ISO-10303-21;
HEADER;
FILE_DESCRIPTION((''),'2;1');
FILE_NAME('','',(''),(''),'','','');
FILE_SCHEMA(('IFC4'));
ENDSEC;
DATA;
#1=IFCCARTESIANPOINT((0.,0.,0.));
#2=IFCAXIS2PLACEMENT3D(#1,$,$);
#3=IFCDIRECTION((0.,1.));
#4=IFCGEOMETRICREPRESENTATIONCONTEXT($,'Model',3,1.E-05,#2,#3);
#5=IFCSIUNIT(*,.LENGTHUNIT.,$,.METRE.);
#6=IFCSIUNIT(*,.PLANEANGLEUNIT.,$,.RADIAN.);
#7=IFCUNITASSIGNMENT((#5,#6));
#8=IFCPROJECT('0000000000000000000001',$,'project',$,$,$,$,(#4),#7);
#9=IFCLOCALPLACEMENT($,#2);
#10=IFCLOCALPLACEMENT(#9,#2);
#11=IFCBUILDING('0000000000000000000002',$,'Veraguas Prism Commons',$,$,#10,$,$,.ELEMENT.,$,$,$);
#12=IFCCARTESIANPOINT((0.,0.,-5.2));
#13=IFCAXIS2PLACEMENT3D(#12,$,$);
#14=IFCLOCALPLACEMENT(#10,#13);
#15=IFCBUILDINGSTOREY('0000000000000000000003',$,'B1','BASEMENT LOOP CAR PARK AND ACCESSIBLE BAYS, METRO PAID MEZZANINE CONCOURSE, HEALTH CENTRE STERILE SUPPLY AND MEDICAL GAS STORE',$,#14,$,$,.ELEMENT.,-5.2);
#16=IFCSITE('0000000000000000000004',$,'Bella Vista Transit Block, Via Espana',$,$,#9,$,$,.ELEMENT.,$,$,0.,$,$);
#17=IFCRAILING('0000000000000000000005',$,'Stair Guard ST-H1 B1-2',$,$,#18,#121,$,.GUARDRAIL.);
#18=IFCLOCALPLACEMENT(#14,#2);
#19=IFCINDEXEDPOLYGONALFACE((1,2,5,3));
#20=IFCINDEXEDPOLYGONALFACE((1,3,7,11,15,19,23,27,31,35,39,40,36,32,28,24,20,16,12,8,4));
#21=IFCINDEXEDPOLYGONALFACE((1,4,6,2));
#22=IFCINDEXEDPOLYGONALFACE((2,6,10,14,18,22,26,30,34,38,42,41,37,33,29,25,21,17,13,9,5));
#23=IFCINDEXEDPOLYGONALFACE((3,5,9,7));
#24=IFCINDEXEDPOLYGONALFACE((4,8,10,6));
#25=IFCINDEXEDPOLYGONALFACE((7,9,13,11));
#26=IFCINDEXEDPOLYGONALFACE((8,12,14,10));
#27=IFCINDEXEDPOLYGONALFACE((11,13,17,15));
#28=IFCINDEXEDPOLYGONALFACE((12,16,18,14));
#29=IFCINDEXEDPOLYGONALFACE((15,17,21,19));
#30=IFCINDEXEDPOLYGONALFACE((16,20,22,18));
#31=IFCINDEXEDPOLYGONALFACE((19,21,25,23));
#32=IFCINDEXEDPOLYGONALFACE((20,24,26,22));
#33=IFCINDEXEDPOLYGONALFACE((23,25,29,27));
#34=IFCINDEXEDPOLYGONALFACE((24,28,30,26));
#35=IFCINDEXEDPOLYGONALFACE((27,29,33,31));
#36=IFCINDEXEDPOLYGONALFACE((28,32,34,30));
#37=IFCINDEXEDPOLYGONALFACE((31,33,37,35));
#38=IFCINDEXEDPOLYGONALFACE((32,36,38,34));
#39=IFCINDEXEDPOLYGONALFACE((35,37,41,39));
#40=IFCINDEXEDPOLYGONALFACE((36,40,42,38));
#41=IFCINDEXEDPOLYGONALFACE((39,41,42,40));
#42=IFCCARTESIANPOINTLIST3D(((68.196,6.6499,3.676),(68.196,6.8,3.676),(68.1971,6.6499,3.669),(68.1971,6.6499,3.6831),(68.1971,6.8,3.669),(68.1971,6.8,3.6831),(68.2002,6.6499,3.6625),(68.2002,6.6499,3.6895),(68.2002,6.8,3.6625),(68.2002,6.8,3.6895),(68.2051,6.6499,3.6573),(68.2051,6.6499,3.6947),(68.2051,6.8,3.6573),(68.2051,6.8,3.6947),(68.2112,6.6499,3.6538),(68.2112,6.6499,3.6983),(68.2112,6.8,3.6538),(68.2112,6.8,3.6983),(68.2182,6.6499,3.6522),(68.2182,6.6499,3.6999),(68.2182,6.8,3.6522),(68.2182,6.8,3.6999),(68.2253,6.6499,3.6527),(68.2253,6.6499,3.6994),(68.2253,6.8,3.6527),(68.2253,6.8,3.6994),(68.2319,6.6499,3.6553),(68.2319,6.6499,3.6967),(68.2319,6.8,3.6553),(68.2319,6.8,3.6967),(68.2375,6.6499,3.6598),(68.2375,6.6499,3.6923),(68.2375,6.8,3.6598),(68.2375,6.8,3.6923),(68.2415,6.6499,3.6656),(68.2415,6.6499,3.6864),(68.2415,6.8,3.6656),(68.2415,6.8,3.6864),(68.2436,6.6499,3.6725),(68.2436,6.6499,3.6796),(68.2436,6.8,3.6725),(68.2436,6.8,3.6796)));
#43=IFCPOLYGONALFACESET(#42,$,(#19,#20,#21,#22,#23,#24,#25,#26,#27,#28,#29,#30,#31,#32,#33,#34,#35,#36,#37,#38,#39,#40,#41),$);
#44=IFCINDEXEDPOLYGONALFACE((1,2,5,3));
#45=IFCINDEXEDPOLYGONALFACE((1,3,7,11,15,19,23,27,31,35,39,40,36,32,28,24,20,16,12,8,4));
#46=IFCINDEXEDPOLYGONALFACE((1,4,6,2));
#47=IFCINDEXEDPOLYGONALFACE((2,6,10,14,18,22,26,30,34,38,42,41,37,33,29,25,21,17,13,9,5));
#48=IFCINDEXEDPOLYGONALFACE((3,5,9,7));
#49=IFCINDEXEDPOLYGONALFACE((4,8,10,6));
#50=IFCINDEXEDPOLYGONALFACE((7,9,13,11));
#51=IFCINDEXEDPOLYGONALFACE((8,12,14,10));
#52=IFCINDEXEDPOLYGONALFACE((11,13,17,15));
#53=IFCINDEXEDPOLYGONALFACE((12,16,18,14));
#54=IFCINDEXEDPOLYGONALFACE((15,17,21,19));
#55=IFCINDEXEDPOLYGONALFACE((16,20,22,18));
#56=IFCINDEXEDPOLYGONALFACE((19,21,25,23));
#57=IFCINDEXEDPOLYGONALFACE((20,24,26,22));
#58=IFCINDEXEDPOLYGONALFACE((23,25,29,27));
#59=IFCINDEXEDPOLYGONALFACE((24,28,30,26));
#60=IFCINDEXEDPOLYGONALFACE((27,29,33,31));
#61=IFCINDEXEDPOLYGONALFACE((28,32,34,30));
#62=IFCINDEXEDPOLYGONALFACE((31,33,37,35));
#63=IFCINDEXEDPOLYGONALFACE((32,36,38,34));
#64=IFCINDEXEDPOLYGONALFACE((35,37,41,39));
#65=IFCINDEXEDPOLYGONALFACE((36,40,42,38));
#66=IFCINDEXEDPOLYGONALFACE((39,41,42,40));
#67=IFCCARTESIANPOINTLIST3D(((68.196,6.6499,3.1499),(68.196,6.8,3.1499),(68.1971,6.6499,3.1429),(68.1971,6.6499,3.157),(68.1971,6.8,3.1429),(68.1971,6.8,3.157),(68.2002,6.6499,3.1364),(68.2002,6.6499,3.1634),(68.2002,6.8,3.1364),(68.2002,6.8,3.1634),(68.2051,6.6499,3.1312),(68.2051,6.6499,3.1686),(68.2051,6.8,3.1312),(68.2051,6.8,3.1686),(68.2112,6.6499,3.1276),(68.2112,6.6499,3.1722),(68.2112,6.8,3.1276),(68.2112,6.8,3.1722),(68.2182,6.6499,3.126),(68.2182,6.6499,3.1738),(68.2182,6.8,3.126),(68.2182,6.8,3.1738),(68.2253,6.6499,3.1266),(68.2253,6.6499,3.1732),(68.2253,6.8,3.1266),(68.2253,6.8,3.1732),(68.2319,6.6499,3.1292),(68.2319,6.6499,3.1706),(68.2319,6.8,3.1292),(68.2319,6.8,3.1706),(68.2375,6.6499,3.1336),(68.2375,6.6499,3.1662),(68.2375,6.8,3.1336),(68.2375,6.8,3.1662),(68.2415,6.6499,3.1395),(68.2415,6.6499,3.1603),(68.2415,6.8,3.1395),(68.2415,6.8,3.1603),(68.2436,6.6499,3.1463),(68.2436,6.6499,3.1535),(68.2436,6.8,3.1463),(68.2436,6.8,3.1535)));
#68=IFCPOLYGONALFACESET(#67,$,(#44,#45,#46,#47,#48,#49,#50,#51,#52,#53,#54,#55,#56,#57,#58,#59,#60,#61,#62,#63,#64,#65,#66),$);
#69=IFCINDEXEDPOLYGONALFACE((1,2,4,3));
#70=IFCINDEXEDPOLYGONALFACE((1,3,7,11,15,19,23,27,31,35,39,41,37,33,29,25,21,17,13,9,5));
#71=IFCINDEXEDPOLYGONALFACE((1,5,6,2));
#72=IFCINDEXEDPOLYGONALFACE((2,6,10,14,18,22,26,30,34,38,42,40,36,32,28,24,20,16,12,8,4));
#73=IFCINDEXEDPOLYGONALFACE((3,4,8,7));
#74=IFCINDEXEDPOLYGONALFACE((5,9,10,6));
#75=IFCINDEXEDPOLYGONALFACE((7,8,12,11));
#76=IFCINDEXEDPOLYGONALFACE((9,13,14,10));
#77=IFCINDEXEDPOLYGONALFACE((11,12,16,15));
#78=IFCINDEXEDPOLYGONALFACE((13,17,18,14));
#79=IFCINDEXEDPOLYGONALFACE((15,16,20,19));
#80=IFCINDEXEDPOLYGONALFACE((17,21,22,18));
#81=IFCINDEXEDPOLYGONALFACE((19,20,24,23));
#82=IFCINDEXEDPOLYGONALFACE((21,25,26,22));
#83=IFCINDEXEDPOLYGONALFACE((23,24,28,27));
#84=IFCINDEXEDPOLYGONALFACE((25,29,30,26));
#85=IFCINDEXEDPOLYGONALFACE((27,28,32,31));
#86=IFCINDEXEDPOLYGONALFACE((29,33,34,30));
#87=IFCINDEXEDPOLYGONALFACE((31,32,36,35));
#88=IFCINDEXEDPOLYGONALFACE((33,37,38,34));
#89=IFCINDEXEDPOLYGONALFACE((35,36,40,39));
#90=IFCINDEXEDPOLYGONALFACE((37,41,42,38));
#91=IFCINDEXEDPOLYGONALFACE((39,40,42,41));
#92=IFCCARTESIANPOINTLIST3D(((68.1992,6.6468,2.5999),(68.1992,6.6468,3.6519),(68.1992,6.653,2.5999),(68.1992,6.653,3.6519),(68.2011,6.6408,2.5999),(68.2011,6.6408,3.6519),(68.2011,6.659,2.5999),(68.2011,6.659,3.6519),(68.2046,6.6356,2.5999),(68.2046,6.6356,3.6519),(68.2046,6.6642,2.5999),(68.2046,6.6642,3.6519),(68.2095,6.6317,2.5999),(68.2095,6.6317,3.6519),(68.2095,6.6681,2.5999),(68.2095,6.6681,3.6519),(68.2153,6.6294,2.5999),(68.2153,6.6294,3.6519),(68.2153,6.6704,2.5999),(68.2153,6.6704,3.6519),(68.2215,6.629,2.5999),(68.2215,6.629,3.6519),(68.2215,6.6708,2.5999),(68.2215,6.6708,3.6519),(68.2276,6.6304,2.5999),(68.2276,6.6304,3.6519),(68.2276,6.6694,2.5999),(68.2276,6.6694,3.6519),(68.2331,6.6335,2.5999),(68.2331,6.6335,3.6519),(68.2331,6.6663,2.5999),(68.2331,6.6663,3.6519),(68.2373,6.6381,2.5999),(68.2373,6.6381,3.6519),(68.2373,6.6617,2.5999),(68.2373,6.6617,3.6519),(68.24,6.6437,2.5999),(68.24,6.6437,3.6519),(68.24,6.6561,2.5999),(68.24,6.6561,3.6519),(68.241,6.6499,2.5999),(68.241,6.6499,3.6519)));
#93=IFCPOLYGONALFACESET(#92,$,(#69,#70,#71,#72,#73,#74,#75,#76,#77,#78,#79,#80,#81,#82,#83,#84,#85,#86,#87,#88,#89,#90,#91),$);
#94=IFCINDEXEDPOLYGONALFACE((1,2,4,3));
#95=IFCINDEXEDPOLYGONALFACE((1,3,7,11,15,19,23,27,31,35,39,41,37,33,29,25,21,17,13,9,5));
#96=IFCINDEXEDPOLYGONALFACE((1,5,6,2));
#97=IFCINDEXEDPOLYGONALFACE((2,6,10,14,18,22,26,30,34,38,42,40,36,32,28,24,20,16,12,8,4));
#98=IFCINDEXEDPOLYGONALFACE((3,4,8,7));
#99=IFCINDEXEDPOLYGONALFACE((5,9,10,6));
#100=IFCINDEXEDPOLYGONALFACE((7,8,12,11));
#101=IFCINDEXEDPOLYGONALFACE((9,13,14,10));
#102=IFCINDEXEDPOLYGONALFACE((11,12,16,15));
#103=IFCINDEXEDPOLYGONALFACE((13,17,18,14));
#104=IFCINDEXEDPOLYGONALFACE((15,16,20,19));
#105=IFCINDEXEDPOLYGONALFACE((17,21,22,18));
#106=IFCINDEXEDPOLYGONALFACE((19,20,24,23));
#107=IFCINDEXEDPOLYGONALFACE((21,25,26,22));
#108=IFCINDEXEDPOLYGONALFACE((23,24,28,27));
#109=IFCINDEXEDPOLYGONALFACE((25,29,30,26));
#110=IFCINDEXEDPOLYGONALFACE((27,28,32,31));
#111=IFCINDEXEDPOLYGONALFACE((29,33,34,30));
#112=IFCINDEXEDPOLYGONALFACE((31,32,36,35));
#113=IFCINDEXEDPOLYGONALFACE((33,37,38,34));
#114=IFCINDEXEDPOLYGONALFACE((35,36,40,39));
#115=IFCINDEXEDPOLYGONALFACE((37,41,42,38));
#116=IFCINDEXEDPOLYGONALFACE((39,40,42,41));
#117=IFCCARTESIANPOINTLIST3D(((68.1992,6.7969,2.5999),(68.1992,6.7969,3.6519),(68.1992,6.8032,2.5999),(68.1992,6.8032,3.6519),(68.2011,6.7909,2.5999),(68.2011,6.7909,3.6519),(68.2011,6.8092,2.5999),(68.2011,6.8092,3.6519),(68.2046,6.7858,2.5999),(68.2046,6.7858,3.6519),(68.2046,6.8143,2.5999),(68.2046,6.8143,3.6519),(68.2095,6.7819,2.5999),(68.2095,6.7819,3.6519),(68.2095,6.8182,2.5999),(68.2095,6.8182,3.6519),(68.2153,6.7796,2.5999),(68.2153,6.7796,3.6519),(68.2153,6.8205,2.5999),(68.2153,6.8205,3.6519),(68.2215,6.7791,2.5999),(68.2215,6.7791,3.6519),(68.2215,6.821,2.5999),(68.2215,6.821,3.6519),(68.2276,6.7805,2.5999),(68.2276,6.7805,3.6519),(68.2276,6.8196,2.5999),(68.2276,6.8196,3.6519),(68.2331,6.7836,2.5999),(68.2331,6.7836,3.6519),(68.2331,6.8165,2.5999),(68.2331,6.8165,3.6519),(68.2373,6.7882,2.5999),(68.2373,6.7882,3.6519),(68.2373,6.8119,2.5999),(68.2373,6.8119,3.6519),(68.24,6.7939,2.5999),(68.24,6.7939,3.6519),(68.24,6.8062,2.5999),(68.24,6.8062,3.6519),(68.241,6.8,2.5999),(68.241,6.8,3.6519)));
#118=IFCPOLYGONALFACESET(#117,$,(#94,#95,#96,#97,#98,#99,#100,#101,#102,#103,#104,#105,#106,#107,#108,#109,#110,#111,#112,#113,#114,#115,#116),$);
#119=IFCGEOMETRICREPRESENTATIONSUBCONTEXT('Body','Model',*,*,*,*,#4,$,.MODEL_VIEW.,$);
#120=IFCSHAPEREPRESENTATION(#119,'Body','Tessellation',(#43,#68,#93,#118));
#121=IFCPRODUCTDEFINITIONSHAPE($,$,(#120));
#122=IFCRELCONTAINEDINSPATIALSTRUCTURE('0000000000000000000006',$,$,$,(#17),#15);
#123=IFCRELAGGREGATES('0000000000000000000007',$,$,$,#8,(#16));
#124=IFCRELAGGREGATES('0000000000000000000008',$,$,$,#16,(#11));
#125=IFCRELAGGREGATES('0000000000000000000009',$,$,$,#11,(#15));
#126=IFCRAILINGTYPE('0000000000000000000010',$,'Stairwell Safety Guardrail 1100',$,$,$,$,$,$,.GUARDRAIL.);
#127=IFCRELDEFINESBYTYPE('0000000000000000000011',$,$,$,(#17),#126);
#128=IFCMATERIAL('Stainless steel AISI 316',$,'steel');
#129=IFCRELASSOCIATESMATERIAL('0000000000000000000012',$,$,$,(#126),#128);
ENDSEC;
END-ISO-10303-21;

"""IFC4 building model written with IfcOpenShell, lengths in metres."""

from ifc_helpers import new_model, si_unit, direction, frame, origin, origin_2d, place, context, subcontext, project, spatial, circle, extrude, material, type_object, element, save


model = new_model("IFC4")

# Units and contexts
model_context = context("Model", 3, precision=1e-05, world=origin(), true_north=direction((0.0, 1.0)))
body_context = subcontext(model_context, "Body", "Model", "MODEL_VIEW")
ifc_project = project(units=[si_unit("LENGTHUNIT", "METRE"), si_unit("PLANEANGLEUNIT", "RADIAN")], contexts=[model_context])

# Site, building, storey
site_placement = place(None, origin())
site = spatial("IfcSite", under=ifc_project, at=site_placement, Name="Bella Vista Transit Block, Via Espana", CompositionType="ELEMENT", RefElevation=0.0)
building_placement = place(site_placement, origin())
building = spatial("IfcBuilding", under=site, at=building_placement, Name="Veraguas Prism Commons", CompositionType="ELEMENT")
storey_placement = place(building_placement, frame((0.0, 0.0, -5.2)))
storey = spatial("IfcBuildingStorey", under=building, at=storey_placement, Name="B1", Description="BASEMENT LOOP CAR PARK AND ACCESSIBLE BAYS, METRO PAID MEZZANINE CONCOURSE, HEALTH CENTRE STERILE SUPPLY AND MEDICAL GAS STORE", CompositionType="ELEMENT", Elevation=-5.2)

# Shared definitions
ifc_material_1 = material(Name="Stainless steel AISI 316", Category="steel")

# Railing
railing_type_1 = type_object("IfcRailingType", Name="Stairwell Safety Guardrail 1100", PredefinedType="GUARDRAIL", material=ifc_material_1)
railing_1_placement = place(storey_placement, frame((68.22, 6.6499, 2.5999)))
element("IfcRailing", 1, at=railing_1_placement, inside=storey, type_object=railing_type_1, Name="Stair Guard ST-H1 B1-2", PredefinedType="GUARDRAIL", context=body_context, shape_type="SweptSolid", body=[
    extrude(circle(Radius=0.0239, at=origin_2d()), frame((0.0, 0.0, 1.0762), z_axis=(0.0, 1.0, 0.0), x_axis=(-1.0, 0.0, 0.0)), (0.0, 0.0, 1.0), 0.1501),
    extrude(circle(Radius=0.0239, at=origin_2d()), frame((0.0, 0.0, 0.55), z_axis=(0.0, 1.0, 0.0), x_axis=(-1.0, 0.0, 0.0)), (0.0, 0.0, 1.0), 0.1501),
    extrude(circle(Radius=0.021, at=origin_2d()), origin(), (0.0, 0.0, 1.0), 1.052),
    extrude(circle(Radius=0.021, at=origin_2d()), frame((0.0, 0.1501, 0.0)), (0.0, 0.0, 1.0), 1.052),
])

save(model, "model.ifc")
